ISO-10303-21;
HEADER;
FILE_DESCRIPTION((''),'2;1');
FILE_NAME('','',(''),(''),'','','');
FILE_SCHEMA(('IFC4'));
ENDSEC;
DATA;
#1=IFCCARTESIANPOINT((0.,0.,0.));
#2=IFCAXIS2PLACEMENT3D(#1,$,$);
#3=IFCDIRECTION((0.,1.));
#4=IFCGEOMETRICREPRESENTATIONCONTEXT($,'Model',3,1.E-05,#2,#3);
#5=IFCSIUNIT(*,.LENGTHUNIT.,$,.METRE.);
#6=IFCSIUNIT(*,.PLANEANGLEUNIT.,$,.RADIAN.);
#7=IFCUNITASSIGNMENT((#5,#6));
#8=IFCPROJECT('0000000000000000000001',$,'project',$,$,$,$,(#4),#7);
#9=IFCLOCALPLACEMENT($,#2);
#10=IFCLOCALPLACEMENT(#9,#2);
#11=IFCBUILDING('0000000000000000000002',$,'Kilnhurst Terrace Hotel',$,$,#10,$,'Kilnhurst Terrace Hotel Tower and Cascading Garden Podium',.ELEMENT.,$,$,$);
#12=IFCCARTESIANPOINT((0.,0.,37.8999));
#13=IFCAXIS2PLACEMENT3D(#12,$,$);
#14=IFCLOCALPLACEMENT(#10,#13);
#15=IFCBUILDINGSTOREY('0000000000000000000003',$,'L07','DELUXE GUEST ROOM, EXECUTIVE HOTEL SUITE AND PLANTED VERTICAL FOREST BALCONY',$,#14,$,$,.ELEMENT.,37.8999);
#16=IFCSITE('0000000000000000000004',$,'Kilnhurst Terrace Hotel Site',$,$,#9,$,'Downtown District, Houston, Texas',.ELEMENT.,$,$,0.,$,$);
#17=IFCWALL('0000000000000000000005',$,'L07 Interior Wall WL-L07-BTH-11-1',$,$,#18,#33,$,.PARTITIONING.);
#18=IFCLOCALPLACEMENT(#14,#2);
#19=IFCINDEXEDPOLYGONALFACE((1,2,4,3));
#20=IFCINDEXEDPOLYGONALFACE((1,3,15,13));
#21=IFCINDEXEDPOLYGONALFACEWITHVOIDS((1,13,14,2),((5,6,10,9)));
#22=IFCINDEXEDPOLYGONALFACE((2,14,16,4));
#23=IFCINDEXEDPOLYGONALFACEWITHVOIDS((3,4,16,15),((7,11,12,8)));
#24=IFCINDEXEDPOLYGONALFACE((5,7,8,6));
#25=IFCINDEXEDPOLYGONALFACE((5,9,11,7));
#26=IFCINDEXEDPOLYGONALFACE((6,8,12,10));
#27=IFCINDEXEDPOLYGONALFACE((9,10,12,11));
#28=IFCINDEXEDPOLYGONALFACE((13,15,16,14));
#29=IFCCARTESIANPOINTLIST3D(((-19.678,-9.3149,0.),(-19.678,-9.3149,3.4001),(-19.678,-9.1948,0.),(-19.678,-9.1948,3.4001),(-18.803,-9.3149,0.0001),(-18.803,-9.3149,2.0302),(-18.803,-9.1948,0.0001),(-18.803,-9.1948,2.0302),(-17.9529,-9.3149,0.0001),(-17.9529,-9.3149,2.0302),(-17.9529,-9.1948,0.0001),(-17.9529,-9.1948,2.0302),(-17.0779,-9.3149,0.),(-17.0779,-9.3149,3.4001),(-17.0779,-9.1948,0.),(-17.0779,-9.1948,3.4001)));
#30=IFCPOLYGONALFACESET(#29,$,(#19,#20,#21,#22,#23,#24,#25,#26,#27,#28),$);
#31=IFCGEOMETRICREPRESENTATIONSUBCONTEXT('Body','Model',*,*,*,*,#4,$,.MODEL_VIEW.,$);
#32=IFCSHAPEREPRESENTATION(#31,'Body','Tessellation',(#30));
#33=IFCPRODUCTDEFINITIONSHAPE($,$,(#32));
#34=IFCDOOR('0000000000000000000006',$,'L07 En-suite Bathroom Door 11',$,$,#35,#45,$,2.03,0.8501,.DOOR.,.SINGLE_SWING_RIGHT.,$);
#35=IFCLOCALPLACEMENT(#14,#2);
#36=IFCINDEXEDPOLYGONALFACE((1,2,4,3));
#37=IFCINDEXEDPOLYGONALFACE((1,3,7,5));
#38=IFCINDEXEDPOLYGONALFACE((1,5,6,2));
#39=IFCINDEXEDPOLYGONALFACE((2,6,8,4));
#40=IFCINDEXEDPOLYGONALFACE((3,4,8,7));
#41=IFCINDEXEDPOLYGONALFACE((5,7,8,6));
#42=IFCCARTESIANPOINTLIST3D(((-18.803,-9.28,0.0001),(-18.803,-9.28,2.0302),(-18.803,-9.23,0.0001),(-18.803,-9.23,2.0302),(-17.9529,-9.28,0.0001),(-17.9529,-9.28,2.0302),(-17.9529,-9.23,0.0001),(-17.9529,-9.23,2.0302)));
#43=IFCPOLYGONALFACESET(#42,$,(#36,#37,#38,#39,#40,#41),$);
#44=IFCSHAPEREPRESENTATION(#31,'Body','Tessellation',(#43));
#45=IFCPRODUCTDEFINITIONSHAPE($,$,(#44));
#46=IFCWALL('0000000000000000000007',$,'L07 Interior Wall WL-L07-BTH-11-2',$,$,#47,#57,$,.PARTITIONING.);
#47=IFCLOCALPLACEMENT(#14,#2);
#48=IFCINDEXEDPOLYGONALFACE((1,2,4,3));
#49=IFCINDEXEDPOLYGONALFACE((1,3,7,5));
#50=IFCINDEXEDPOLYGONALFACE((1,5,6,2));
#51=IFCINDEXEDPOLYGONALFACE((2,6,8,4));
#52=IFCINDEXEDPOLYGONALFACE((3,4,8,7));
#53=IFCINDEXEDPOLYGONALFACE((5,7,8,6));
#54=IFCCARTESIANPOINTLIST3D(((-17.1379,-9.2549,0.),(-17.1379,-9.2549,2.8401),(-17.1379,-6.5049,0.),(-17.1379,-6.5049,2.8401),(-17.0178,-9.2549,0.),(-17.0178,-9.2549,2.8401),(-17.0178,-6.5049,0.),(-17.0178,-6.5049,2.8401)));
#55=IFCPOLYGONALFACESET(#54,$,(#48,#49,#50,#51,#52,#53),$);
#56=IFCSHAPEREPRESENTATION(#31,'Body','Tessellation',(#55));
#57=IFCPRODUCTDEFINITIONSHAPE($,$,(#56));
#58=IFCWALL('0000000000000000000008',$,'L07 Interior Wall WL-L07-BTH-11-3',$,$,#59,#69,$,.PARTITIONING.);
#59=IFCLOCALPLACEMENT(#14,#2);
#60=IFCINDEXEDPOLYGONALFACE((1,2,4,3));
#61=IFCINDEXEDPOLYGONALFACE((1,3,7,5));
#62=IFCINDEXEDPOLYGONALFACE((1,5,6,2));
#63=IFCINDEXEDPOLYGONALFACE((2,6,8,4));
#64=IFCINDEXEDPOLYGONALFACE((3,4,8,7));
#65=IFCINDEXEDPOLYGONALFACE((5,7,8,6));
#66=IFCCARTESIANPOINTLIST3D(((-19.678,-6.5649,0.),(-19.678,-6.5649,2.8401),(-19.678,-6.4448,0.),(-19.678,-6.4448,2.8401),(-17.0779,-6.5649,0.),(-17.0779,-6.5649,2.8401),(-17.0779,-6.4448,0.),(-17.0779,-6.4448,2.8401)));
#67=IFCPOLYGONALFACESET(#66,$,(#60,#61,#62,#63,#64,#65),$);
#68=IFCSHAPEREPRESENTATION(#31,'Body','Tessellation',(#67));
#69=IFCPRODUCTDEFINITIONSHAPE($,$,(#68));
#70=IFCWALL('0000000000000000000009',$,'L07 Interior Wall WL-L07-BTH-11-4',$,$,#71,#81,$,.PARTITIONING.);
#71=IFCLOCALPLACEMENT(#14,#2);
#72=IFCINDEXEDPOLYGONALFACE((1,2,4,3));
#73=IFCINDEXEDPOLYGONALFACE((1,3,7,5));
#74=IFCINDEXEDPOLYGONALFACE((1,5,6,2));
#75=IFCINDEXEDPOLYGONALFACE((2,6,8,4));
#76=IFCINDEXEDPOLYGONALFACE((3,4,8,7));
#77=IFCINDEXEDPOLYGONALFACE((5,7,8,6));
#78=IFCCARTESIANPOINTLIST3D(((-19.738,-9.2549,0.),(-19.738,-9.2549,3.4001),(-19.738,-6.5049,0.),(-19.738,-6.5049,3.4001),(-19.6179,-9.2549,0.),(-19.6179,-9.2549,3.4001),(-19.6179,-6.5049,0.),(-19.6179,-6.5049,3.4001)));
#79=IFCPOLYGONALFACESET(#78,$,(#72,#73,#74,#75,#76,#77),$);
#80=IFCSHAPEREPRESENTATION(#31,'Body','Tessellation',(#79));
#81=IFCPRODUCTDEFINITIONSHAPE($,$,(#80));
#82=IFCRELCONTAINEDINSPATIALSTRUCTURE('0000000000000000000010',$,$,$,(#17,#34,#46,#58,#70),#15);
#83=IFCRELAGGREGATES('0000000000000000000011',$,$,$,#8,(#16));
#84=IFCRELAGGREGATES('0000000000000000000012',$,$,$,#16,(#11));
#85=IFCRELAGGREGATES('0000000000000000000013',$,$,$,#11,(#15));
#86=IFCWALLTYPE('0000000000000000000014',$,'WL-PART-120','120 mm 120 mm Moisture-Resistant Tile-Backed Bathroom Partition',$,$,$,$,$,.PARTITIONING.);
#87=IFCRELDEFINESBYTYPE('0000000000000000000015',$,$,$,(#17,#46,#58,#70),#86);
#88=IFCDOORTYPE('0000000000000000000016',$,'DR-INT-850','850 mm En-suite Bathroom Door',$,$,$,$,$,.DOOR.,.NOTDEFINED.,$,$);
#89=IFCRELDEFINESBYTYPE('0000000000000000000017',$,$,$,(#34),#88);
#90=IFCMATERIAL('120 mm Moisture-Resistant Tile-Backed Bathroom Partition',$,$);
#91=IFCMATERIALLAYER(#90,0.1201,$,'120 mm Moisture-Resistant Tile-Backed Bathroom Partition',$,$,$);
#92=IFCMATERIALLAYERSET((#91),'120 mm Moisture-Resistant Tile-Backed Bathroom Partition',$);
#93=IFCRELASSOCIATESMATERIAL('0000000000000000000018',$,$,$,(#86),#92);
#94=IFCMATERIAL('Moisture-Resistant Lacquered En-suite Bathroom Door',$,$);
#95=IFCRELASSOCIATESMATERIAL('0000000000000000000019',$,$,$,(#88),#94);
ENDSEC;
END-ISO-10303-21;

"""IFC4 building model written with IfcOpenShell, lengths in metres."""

from ifc_helpers import new_model, si_unit, direction, frame, frame_2d, origin, place, context, subcontext, project, spatial, rectangle, extrude, material, layer, layer_set, type_object, element, fill, save


model = new_model("IFC4")

# Units and contexts
model_context = context("Model", 3, precision=1e-05, world=origin(), true_north=direction((0.0, 1.0)))
body_context = subcontext(model_context, "Body", "Model", "MODEL_VIEW")
ifc_project = project(units=[si_unit("LENGTHUNIT", "METRE"), si_unit("PLANEANGLEUNIT", "RADIAN")], contexts=[model_context])

# Site, building, storey
site_placement = place(None, origin())
site = spatial("IfcSite", under=ifc_project, at=site_placement, Name="Kilnhurst Terrace Hotel Site", LongName="Downtown District, Houston, Texas", CompositionType="ELEMENT", RefElevation=0.0)
building_placement = place(site_placement, origin())
building = spatial("IfcBuilding", under=site, at=building_placement, Name="Kilnhurst Terrace Hotel", LongName="Kilnhurst Terrace Hotel Tower and Cascading Garden Podium", CompositionType="ELEMENT")
storey_placement = place(building_placement, frame((0.0, 0.0, 37.8999)))
storey = spatial("IfcBuildingStorey", under=building, at=storey_placement, Name="L07", Description="DELUXE GUEST ROOM, EXECUTIVE HOTEL SUITE AND PLANTED VERTICAL FOREST BALCONY", CompositionType="ELEMENT", Elevation=37.8999)

# Wall, opening, door
ifc_material_1 = material(Name="120 mm Moisture-Resistant Tile-Backed Bathroom Partition")
ifc_layer_1 = layer(ifc_material_1, 0.1201, Name="120 mm Moisture-Resistant Tile-Backed Bathroom Partition")
ifc_layer_set_1 = layer_set([ifc_layer_1], Name="120 mm Moisture-Resistant Tile-Backed Bathroom Partition")
wall_type_1 = type_object("IfcWallType", Name="WL-PART-120", Description="120 mm 120 mm Moisture-Resistant Tile-Backed Bathroom Partition", PredefinedType="PARTITIONING", material=ifc_layer_set_1)
wall_1_placement = place(storey_placement, frame((-19.678, -9.2549, 0.0), z_axis=(0.0, 0.0, 1.0), x_axis=(1.0, 0.0, 0.0)))
wall_1 = element("IfcWall", 1, at=wall_1_placement, inside=storey, type_object=wall_type_1, Name="L07 Interior Wall WL-L07-BTH-11-1", PredefinedType="PARTITIONING", context=body_context, shape_type="SweptSolid", body=[
    extrude(rectangle(XDim=2.6001, YDim=0.1201, at=frame_2d((1.3, 0.0))), origin(), (0.0, 0.0, 1.0), 3.4001),
])
opening_1_placement = place(wall_1_placement, frame((0.875, 0.0, 0.0)))
opening_1 = element("IfcOpeningElement", 2, at=opening_1_placement, cuts=wall_1, PredefinedType="OPENING", context=body_context, shape_type="SweptSolid", body=[
    extrude(rectangle(XDim=0.8501, YDim=2.03, at=frame_2d((0.425, 1.0151))), frame((0.0, 0.0701, 0.0), z_axis=(0.0, -1.0, 0.0), x_axis=(1.0, 0.0, 0.0)), (0.0, 0.0, 1.0), 0.1401),
])
ifc_material_2 = material(Name="Moisture-Resistant Lacquered En-suite Bathroom Door")
door_type_1 = type_object("IfcDoorType", Name="DR-INT-850", Description="850 mm En-suite Bathroom Door", OperationType="NOTDEFINED", PredefinedType="DOOR", material=ifc_material_2)
door_1_placement = place(opening_1_placement, origin())
door_1 = element("IfcDoor", 3, at=door_1_placement, inside=storey, type_object=door_type_1, Name="L07 En-suite Bathroom Door 11", OperationType="SINGLE_SWING_RIGHT", OverallHeight=2.03, OverallWidth=0.8501, PredefinedType="DOOR", context=body_context, shape_type="SweptSolid", body=[
    extrude(rectangle(XDim=0.8501, YDim=2.03, at=frame_2d((0.425, 1.0151))), frame((0.0, 0.0249, 0.0), z_axis=(0.0, -1.0, 0.0), x_axis=(1.0, 0.0, 0.0)), (0.0, 0.0, 1.0), 0.05),
])
fill(opening_1, door_1)

# Walls
wall_2_placement = place(storey_placement, frame((-17.0779, -9.2549, 0.0), z_axis=(0.0, 0.0, 1.0), x_axis=(0.0, 1.0, 0.0)))
element("IfcWall", 4, at=wall_2_placement, inside=storey, type_object=wall_type_1, Name="L07 Interior Wall WL-L07-BTH-11-2", PredefinedType="PARTITIONING", context=body_context, shape_type="SweptSolid", body=[
    extrude(rectangle(XDim=2.75, YDim=0.1201, at=frame_2d((1.375, 0.0))), origin(), (0.0, 0.0, 1.0), 2.8401),
])
wall_3_placement = place(storey_placement, frame((-17.0779, -6.5049, 0.0), z_axis=(0.0, 0.0, 1.0), x_axis=(-1.0, 0.0, 0.0)))
element("IfcWall", 5, at=wall_3_placement, inside=storey, type_object=wall_type_1, Name="L07 Interior Wall WL-L07-BTH-11-3", PredefinedType="PARTITIONING", context=body_context, shape_type="SweptSolid", body=[
    extrude(rectangle(XDim=2.6001, YDim=0.1201, at=frame_2d((1.3, 0.0))), origin(), (0.0, 0.0, 1.0), 2.8401),
])
wall_4_placement = place(storey_placement, frame((-19.678, -6.5049, 0.0), z_axis=(0.0, 0.0, 1.0), x_axis=(0.0, -1.0, 0.0)))
element("IfcWall", 6, at=wall_4_placement, inside=storey, type_object=wall_type_1, Name="L07 Interior Wall WL-L07-BTH-11-4", PredefinedType="PARTITIONING", context=body_context, shape_type="SweptSolid", body=[
    extrude(rectangle(XDim=2.75, YDim=0.1201, at=frame_2d((1.375, 0.0))), origin(), (0.0, 0.0, 1.0), 3.4001),
])

save(model, "model.ifc")
